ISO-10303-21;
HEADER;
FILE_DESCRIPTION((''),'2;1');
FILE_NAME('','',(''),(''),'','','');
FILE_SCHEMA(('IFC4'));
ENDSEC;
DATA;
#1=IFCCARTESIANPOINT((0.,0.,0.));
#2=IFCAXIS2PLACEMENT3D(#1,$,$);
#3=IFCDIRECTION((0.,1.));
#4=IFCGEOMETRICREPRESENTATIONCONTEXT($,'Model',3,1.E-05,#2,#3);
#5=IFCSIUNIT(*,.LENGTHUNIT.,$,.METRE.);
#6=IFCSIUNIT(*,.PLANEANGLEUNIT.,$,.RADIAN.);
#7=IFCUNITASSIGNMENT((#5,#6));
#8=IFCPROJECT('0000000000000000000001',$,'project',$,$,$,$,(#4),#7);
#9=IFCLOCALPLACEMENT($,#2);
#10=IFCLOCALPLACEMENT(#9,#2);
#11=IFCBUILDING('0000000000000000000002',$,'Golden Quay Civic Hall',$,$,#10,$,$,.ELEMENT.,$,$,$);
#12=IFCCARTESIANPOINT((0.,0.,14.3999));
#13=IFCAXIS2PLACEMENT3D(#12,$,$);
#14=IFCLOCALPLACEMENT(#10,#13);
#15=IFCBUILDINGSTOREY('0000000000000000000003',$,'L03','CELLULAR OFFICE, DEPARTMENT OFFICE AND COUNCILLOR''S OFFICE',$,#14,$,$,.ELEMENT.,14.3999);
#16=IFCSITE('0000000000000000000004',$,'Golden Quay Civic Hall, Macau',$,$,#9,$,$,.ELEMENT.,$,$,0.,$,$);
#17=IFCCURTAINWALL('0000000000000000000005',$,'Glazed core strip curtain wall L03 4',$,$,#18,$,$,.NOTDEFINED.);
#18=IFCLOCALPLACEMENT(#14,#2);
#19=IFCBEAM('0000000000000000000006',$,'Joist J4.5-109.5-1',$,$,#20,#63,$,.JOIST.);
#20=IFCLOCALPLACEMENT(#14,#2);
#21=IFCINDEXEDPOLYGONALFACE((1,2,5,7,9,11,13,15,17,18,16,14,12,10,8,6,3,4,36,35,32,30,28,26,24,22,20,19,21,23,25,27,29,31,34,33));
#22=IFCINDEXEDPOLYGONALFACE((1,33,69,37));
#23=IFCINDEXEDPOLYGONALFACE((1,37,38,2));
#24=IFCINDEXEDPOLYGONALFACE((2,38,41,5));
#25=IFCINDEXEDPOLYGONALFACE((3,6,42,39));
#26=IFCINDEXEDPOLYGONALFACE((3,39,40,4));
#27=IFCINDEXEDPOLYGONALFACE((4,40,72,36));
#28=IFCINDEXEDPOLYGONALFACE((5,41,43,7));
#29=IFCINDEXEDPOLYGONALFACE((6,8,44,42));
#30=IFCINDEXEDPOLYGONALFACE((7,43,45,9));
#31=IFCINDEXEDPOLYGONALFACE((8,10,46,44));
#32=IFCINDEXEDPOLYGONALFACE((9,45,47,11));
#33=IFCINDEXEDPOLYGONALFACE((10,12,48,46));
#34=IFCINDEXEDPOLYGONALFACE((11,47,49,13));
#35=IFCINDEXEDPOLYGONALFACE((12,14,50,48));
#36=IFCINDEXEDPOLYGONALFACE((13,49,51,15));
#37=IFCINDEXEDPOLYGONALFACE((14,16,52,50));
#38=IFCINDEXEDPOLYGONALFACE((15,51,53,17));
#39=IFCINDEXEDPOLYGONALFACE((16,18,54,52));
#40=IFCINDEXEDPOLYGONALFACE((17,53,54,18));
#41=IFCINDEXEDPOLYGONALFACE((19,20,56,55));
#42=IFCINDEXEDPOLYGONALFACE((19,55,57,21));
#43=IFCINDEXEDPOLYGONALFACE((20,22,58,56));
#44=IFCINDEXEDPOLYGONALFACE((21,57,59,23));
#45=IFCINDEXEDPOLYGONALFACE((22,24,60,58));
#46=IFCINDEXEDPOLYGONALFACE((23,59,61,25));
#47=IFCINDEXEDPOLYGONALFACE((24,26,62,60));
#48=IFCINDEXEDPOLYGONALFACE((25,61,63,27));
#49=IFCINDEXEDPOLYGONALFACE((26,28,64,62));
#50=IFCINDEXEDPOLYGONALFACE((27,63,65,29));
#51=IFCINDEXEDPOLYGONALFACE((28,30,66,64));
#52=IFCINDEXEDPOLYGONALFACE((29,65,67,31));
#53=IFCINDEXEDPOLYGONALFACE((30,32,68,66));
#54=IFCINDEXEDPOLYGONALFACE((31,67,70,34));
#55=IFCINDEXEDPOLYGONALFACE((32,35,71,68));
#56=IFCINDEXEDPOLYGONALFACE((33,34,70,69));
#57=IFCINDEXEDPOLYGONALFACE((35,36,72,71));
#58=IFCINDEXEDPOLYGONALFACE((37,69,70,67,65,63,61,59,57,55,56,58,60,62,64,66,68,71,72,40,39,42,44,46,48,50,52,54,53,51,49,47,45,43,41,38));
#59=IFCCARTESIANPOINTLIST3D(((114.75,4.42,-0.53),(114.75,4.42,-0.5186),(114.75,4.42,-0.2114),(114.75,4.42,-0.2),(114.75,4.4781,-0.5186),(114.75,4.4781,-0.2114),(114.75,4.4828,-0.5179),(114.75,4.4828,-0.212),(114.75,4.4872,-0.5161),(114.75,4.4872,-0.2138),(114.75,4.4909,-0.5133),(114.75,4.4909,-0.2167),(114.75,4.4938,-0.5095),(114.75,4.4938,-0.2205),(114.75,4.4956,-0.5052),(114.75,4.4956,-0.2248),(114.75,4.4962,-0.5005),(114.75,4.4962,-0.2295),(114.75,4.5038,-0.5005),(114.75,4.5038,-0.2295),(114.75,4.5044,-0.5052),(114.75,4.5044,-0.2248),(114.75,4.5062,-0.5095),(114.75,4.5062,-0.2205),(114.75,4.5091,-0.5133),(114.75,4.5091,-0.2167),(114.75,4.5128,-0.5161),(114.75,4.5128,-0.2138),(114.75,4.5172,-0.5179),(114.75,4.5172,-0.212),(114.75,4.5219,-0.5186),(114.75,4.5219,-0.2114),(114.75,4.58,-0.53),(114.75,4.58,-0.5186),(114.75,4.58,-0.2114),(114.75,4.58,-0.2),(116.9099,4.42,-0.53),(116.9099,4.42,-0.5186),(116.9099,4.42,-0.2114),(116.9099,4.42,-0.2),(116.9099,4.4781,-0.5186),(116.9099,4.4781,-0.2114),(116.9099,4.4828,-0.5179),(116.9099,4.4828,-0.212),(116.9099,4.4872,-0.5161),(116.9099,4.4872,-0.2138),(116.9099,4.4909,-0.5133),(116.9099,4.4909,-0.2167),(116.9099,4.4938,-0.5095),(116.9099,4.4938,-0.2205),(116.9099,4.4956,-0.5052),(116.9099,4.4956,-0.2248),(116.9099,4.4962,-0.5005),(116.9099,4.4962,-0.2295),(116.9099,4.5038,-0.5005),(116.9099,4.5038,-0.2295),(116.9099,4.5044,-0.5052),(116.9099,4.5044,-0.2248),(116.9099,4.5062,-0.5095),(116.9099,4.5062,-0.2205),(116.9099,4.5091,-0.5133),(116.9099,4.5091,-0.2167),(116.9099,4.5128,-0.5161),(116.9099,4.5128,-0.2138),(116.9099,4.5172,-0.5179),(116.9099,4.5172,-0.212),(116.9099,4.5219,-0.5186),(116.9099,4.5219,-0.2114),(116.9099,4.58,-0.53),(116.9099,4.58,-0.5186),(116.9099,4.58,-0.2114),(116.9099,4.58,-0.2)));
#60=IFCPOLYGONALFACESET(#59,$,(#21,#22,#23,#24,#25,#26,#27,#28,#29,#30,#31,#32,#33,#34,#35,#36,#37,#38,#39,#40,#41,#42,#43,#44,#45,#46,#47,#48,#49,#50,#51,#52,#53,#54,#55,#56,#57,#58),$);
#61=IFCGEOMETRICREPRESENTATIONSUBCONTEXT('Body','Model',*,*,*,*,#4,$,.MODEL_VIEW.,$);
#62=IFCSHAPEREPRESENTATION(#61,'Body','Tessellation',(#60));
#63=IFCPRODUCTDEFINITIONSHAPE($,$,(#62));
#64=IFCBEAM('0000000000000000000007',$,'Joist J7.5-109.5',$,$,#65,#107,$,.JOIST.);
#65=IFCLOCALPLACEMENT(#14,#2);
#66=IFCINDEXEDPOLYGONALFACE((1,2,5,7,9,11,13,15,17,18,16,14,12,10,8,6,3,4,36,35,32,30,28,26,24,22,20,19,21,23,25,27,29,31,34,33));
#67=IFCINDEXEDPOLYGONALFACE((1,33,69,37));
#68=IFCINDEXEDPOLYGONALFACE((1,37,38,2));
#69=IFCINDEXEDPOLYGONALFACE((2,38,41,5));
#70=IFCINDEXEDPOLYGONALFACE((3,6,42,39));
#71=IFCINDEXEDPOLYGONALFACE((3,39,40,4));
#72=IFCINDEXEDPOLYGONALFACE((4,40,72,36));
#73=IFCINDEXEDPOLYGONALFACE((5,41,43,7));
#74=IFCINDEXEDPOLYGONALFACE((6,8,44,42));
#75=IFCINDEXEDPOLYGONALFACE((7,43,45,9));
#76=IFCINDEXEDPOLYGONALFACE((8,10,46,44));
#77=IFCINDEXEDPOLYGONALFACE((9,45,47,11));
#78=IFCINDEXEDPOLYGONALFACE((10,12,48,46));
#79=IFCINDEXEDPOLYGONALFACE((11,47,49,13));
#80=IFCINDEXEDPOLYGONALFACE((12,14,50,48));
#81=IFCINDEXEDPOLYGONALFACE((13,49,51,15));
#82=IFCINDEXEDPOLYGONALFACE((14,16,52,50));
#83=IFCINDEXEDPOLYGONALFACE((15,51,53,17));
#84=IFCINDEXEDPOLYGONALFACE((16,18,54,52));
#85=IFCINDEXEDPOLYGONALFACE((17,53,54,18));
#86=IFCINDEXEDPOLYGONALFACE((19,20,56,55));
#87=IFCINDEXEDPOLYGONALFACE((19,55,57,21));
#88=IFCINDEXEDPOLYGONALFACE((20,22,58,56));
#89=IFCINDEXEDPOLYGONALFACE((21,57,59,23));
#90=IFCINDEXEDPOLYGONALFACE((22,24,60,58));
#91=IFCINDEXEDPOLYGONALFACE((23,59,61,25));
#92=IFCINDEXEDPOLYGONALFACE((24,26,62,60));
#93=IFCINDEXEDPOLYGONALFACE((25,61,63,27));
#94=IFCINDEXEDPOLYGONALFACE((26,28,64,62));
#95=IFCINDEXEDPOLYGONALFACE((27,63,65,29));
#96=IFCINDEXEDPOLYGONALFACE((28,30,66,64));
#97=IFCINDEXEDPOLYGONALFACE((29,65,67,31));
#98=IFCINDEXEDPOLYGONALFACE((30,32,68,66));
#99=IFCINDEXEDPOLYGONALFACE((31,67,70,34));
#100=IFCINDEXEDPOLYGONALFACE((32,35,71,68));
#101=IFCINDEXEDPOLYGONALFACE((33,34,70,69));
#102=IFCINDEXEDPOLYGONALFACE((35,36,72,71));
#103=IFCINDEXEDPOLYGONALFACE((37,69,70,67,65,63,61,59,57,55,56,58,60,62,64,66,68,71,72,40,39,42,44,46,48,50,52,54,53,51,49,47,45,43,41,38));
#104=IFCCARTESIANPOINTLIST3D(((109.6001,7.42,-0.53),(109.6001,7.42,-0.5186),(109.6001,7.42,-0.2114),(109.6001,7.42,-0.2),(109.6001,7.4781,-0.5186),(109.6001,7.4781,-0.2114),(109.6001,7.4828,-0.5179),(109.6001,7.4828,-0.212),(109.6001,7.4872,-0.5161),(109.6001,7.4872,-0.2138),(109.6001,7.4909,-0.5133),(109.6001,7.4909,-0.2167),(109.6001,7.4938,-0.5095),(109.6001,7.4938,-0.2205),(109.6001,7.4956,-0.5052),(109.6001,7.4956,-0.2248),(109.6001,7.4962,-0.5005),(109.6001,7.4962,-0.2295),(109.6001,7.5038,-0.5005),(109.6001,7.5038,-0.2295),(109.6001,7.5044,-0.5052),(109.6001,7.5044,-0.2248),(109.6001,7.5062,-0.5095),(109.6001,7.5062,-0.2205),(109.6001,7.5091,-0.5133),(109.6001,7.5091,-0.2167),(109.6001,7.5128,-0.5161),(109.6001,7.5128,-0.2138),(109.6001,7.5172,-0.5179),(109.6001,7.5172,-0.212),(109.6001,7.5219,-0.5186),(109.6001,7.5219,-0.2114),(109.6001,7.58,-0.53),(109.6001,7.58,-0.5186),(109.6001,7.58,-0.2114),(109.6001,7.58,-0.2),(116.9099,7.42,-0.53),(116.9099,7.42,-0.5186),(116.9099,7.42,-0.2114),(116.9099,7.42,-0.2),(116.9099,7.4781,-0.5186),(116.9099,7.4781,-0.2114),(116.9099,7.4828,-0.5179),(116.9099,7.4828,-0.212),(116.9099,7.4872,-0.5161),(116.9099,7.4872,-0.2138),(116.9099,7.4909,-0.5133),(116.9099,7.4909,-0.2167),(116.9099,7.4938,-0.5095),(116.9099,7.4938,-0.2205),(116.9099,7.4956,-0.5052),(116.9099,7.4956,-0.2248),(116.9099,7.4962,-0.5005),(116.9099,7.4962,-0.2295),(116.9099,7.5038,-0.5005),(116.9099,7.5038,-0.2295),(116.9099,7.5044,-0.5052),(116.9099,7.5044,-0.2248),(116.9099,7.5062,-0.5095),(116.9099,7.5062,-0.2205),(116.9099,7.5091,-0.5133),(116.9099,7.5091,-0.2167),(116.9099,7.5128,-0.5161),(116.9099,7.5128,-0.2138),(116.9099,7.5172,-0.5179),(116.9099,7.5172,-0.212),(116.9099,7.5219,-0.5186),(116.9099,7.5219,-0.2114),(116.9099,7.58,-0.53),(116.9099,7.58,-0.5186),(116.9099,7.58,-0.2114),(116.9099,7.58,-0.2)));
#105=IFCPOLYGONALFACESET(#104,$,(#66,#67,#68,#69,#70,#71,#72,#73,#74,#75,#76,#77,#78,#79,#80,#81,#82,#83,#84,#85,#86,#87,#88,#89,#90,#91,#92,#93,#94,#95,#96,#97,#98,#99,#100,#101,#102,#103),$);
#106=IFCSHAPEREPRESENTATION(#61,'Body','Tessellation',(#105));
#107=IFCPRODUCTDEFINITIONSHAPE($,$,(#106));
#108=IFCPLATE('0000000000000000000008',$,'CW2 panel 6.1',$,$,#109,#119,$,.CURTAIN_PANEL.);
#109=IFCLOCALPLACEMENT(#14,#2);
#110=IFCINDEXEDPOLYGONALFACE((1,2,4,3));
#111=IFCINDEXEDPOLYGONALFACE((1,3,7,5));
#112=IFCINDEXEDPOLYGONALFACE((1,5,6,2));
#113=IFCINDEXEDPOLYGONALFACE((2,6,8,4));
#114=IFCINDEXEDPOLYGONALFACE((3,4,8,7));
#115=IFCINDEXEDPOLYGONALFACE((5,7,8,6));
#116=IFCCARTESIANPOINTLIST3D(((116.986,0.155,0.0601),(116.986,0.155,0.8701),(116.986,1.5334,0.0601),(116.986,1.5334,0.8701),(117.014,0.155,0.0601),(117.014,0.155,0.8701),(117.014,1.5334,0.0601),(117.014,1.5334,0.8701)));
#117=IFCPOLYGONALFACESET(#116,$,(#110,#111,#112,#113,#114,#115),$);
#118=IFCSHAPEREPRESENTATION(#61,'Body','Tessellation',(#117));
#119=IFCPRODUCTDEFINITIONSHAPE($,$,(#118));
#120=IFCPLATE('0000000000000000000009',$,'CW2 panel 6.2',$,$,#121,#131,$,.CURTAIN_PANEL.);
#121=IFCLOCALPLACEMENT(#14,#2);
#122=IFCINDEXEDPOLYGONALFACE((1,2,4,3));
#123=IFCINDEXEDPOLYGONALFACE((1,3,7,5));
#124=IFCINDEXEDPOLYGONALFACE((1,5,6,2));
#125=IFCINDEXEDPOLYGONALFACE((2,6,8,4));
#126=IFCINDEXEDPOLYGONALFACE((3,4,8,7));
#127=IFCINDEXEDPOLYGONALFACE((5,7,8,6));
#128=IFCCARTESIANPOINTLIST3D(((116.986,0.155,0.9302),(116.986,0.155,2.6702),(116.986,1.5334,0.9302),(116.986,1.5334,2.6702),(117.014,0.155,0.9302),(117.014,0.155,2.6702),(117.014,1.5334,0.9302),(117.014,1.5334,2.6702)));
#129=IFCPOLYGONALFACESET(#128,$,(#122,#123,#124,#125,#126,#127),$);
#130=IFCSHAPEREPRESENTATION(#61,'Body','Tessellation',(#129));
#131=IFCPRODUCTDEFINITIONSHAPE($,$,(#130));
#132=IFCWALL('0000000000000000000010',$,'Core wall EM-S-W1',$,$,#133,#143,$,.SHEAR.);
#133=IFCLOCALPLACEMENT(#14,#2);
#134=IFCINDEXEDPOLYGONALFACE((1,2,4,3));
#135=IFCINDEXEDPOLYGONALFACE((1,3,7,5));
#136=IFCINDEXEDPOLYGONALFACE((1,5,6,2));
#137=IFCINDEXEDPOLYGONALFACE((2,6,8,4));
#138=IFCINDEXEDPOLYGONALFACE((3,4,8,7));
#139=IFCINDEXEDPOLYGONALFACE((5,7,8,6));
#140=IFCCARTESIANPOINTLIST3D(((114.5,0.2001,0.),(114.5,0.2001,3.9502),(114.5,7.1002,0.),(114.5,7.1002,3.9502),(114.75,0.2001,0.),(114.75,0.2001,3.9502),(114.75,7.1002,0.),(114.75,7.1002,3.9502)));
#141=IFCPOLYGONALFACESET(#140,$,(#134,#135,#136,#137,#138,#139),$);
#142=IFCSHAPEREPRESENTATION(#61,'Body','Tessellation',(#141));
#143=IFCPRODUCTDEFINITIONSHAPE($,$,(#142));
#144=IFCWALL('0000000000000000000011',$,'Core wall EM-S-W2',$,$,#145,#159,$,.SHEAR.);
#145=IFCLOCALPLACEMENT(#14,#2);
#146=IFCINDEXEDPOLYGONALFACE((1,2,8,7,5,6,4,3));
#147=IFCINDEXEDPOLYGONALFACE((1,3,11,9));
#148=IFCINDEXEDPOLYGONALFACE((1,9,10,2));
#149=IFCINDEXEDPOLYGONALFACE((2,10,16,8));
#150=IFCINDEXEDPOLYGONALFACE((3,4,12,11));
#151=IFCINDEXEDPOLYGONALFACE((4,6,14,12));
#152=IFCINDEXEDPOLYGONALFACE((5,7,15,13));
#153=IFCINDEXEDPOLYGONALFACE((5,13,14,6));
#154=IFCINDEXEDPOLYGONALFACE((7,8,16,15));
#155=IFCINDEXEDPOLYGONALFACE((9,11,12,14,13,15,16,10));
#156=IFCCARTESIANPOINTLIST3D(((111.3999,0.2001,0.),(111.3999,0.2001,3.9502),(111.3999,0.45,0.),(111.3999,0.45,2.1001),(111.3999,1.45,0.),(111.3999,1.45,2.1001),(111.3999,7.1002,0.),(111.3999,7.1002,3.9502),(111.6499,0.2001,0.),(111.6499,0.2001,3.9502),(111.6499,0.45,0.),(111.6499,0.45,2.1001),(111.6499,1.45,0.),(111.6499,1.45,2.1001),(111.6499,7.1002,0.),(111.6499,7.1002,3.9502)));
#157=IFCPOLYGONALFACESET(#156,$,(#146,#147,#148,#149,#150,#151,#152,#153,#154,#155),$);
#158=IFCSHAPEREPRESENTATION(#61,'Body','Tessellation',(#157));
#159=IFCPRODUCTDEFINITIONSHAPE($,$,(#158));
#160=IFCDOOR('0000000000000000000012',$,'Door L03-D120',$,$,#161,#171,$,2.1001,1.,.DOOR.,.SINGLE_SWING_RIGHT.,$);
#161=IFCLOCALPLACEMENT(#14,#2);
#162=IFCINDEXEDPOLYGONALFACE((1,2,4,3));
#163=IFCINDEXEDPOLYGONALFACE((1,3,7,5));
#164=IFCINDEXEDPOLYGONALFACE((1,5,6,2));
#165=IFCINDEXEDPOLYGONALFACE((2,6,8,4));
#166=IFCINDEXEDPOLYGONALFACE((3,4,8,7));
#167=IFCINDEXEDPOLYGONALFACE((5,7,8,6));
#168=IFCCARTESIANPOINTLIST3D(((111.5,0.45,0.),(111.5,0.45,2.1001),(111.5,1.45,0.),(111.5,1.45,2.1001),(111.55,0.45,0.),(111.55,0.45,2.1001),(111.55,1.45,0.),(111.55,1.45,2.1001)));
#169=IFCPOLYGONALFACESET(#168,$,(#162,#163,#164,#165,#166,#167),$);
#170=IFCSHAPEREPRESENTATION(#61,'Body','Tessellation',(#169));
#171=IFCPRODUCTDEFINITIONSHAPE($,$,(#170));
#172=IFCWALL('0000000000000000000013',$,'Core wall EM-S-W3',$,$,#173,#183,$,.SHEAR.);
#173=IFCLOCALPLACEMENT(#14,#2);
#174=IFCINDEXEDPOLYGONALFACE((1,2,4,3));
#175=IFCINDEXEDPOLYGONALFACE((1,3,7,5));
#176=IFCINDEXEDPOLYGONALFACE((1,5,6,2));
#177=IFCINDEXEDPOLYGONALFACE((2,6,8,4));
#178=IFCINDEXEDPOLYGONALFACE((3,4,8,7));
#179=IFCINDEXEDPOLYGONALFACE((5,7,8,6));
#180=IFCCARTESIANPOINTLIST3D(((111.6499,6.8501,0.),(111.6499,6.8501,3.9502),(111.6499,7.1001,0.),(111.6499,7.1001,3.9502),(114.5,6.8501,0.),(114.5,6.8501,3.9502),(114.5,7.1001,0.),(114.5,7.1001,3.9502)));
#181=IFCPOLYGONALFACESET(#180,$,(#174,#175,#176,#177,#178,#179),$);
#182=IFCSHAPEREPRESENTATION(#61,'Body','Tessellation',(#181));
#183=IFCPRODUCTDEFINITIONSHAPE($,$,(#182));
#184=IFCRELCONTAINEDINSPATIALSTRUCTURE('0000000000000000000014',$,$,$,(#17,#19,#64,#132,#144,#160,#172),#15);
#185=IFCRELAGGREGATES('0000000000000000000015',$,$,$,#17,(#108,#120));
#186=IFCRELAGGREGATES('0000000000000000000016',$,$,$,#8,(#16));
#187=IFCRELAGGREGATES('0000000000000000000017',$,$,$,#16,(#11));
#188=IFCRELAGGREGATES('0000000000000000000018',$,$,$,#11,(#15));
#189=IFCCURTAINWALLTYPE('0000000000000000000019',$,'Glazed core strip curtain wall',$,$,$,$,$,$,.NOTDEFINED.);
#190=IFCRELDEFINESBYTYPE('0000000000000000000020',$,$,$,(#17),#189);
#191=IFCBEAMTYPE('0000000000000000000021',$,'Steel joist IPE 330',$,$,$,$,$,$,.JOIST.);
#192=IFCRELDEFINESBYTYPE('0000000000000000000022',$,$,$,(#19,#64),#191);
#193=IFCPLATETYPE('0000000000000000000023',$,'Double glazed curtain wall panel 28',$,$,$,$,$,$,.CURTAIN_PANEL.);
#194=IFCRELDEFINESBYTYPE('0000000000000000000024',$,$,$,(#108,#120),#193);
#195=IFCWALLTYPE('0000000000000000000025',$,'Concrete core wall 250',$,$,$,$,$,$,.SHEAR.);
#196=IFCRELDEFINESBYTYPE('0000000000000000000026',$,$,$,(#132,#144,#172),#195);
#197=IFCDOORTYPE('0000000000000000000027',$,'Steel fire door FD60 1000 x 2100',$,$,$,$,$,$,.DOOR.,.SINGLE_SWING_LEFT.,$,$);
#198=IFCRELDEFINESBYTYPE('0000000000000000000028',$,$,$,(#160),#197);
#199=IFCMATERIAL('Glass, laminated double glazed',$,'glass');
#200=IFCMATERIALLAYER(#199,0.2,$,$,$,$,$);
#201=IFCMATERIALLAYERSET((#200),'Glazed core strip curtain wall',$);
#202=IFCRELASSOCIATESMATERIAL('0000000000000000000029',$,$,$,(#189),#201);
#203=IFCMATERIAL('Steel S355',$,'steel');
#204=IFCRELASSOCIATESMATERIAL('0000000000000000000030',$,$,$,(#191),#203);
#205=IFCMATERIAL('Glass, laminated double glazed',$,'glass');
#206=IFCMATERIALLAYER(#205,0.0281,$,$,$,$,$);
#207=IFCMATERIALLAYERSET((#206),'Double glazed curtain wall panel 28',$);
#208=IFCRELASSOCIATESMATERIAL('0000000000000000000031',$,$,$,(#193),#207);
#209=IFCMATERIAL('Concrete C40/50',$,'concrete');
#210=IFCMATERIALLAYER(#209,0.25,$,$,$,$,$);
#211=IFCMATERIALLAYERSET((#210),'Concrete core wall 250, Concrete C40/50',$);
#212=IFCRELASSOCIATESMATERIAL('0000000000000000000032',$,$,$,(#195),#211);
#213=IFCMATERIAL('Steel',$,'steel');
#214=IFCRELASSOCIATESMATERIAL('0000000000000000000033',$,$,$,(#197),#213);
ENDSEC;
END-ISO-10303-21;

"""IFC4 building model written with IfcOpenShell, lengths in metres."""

from ifc_helpers import new_model, si_unit, direction, frame, frame_2d, origin, origin_2d, place, context, subcontext, project, spatial, rectangle, i_section, extrude, material, layer, layer_set, material_profile, profile_set, type_object, element, fill, aggregate, save


model = new_model("IFC4")

# Units and contexts
model_context = context("Model", 3, precision=1e-05, world=origin(), true_north=direction((0.0, 1.0)))
body_context = subcontext(model_context, "Body", "Model", "MODEL_VIEW")
ifc_project = project(units=[si_unit("LENGTHUNIT", "METRE"), si_unit("PLANEANGLEUNIT", "RADIAN")], contexts=[model_context])

# Site, building, storey
site_placement = place(None, origin())
site = spatial("IfcSite", under=ifc_project, at=site_placement, Name="Golden Quay Civic Hall, Macau", CompositionType="ELEMENT", RefElevation=0.0)
building_placement = place(site_placement, origin())
building = spatial("IfcBuilding", under=site, at=building_placement, Name="Golden Quay Civic Hall", CompositionType="ELEMENT")
storey_placement = place(building_placement, frame((0.0, 0.0, 14.3999)))
storey = spatial("IfcBuildingStorey", under=building, at=storey_placement, Name="L03", Description="CELLULAR OFFICE, DEPARTMENT OFFICE AND COUNCILLOR'S OFFICE", CompositionType="ELEMENT", Elevation=14.3999)

# Curtain wall
ifc_material_1 = material(Name="Glass, laminated double glazed", Category="glass")
ifc_layer_1 = layer(ifc_material_1, 0.2)
ifc_layer_set_1 = layer_set([ifc_layer_1], Name="Glazed core strip curtain wall")
curtain_wall_type = type_object("IfcCurtainWallType", Name="Glazed core strip curtain wall", PredefinedType="NOTDEFINED", material=ifc_layer_set_1)
curtain_wall_placement = place(storey_placement, origin())
curtain_wall = element("IfcCurtainWall", 1, at=curtain_wall_placement, inside=storey, type_object=curtain_wall_type, Name="Glazed core strip curtain wall L03 4", PredefinedType="NOTDEFINED")

# Beams
ifc_material_2 = material(Name="Steel S355", Category="steel")
ifc_material_profile_1 = material_profile(ifc_material_2, i_section(OverallWidth=0.1599, OverallDepth=0.3301, WebThickness=0.0076, FlangeThickness=0.0115, FilletRadius=0.0181, at=origin_2d()), Name="IPE 330")
ifc_profile_set_1 = profile_set([ifc_material_profile_1], Name="Steel S355")
beam_type_1 = type_object("IfcBeamType", Name="Steel joist IPE 330", PredefinedType="JOIST", material=ifc_profile_set_1)
beam_1_placement = place(storey_placement, frame((114.75, 4.5, -0.365), z_axis=(1.0, 0.0, 0.0), x_axis=(0.0, 1.0, 0.0)))
element("IfcBeam", 2, at=beam_1_placement, inside=storey, type_object=beam_type_1, Name="Joist J4.5-109.5-1", PredefinedType="JOIST", context=body_context, shape_type="SweptSolid", body=[
    extrude(i_section(OverallWidth=0.1599, OverallDepth=0.3301, WebThickness=0.0076, FlangeThickness=0.0115, FilletRadius=0.0181, at=origin_2d()), origin(), (0.0, 0.0, 1.0), 2.1599),
])
beam_2_placement = place(storey_placement, frame((109.6001, 7.5, -0.365), z_axis=(1.0, 0.0, 0.0), x_axis=(0.0, 1.0, 0.0)))
element("IfcBeam", 3, at=beam_2_placement, inside=storey, type_object=beam_type_1, Name="Joist J7.5-109.5", PredefinedType="JOIST", context=body_context, shape_type="SweptSolid", body=[
    extrude(i_section(OverallWidth=0.1599, OverallDepth=0.3301, WebThickness=0.0076, FlangeThickness=0.0115, FilletRadius=0.0181, at=origin_2d()), origin(), (0.0, 0.0, 1.0), 7.3098),
])

# Plates
ifc_material_3 = material(Name="Glass, laminated double glazed", Category="glass")
ifc_layer_2 = layer(ifc_material_3, 0.0281)
ifc_layer_set_2 = layer_set([ifc_layer_2], Name="Double glazed curtain wall panel 28")
plate_type = type_object("IfcPlateType", Name="Double glazed curtain wall panel 28", PredefinedType="CURTAIN_PANEL", material=ifc_layer_set_2)
plate_1_placement = place(storey_placement, frame((117.0, 0.8442, 0.0601), z_axis=(0.0, 0.0, 1.0), x_axis=(0.0, -1.0, 0.0)))
plate_1 = element("IfcPlate", 4, at=plate_1_placement, type_object=plate_type, Name="CW2 panel 6.1", PredefinedType="CURTAIN_PANEL", context=body_context, shape_type="SweptSolid", body=[
    extrude(rectangle(XDim=1.3784, YDim=0.0281, at=origin_2d()), origin(), (0.0, 0.0, 1.0), 0.8101),
])
plate_2_placement = place(storey_placement, frame((117.0, 0.8442, 0.9302), z_axis=(0.0, 0.0, 1.0), x_axis=(0.0, -1.0, 0.0)))
plate_2 = element("IfcPlate", 5, at=plate_2_placement, type_object=plate_type, Name="CW2 panel 6.2", PredefinedType="CURTAIN_PANEL", context=body_context, shape_type="SweptSolid", body=[
    extrude(rectangle(XDim=1.3784, YDim=0.0281, at=origin_2d()), origin(), (0.0, 0.0, 1.0), 1.74),
])
aggregate(curtain_wall, [plate_1, plate_2])

# Wall
ifc_material_4 = material(Name="Concrete C40/50", Category="concrete")
ifc_layer_3 = layer(ifc_material_4, 0.25)
ifc_layer_set_3 = layer_set([ifc_layer_3], Name="Concrete core wall 250, Concrete C40/50")
wall_type_1 = type_object("IfcWallType", Name="Concrete core wall 250", PredefinedType="SHEAR", material=ifc_layer_set_3)
wall_1_placement = place(storey_placement, frame((114.625, 0.2, 0.0), z_axis=(0.0, 0.0, 1.0), x_axis=(0.0, 1.0, 0.0)))
element("IfcWall", 6, at=wall_1_placement, inside=storey, type_object=wall_type_1, Name="Core wall EM-S-W1", PredefinedType="SHEAR", context=body_context, shape_type="SweptSolid", body=[
    extrude(rectangle(XDim=6.9001, YDim=0.25, at=frame_2d((3.4502, 0.0))), origin(), (0.0, 0.0, 1.0), 3.9502),
])

# Wall, opening, door
wall_2_placement = place(storey_placement, frame((111.5249, 0.2, 0.0), z_axis=(0.0, 0.0, 1.0), x_axis=(0.0, 1.0, 0.0)))
wall_2 = element("IfcWall", 7, at=wall_2_placement, inside=storey, type_object=wall_type_1, Name="Core wall EM-S-W2", PredefinedType="SHEAR", context=body_context, shape_type="SweptSolid", body=[
    extrude(rectangle(XDim=6.9001, YDim=0.25, at=frame_2d((3.4502, 0.0))), origin(), (0.0, 0.0, 1.0), 3.9502),
])
opening_1_placement = place(wall_2_placement, frame((0.25, 0.0, 0.0)))
opening_1 = element("IfcOpeningElement", 8, at=opening_1_placement, cuts=wall_2, PredefinedType="OPENING", context=body_context, shape_type="SweptSolid", body=[
    extrude(rectangle(XDim=1.0, YDim=2.1001, at=frame_2d((0.5, 1.05))), frame((0.0, 0.135, 0.0), z_axis=(0.0, -1.0, 0.0), x_axis=(1.0, 0.0, 0.0)), (0.0, 0.0, 1.0), 0.27),
])
ifc_material_5 = material(Name="Steel", Category="steel")
door_type_1 = type_object("IfcDoorType", Name="Steel fire door FD60 1000 x 2100", OperationType="SINGLE_SWING_LEFT", PredefinedType="DOOR", material=ifc_material_5)
door_1_placement = place(opening_1_placement, frame((1.0, 0.0, 0.0), z_axis=(0.0, 0.0, 1.0), x_axis=(-1.0, 0.0, 0.0)))
door_1 = element("IfcDoor", 9, at=door_1_placement, inside=storey, type_object=door_type_1, Name="Door L03-D120", OperationType="SINGLE_SWING_RIGHT", OverallHeight=2.1001, OverallWidth=1.0, PredefinedType="DOOR", context=body_context, shape_type="SweptSolid", body=[
    extrude(rectangle(XDim=1.0, YDim=2.1001, at=frame_2d((0.5, 1.05))), frame((0.0, 0.0251, 0.0), z_axis=(0.0, -1.0, 0.0), x_axis=(1.0, 0.0, 0.0)), (0.0, 0.0, 1.0), 0.05),
])
fill(opening_1, door_1)

# Wall
wall_3_placement = place(storey_placement, frame((111.6499, 6.9751, 0.0), z_axis=(0.0, 0.0, 1.0), x_axis=(1.0, 0.0, 0.0)))
element("IfcWall", 10, at=wall_3_placement, inside=storey, type_object=wall_type_1, Name="Core wall EM-S-W3", PredefinedType="SHEAR", context=body_context, shape_type="SweptSolid", body=[
    extrude(rectangle(XDim=2.8501, YDim=0.25, at=frame_2d((1.425, 0.0))), origin(), (0.0, 0.0, 1.0), 3.9502),
])

save(model, "model.ifc")
